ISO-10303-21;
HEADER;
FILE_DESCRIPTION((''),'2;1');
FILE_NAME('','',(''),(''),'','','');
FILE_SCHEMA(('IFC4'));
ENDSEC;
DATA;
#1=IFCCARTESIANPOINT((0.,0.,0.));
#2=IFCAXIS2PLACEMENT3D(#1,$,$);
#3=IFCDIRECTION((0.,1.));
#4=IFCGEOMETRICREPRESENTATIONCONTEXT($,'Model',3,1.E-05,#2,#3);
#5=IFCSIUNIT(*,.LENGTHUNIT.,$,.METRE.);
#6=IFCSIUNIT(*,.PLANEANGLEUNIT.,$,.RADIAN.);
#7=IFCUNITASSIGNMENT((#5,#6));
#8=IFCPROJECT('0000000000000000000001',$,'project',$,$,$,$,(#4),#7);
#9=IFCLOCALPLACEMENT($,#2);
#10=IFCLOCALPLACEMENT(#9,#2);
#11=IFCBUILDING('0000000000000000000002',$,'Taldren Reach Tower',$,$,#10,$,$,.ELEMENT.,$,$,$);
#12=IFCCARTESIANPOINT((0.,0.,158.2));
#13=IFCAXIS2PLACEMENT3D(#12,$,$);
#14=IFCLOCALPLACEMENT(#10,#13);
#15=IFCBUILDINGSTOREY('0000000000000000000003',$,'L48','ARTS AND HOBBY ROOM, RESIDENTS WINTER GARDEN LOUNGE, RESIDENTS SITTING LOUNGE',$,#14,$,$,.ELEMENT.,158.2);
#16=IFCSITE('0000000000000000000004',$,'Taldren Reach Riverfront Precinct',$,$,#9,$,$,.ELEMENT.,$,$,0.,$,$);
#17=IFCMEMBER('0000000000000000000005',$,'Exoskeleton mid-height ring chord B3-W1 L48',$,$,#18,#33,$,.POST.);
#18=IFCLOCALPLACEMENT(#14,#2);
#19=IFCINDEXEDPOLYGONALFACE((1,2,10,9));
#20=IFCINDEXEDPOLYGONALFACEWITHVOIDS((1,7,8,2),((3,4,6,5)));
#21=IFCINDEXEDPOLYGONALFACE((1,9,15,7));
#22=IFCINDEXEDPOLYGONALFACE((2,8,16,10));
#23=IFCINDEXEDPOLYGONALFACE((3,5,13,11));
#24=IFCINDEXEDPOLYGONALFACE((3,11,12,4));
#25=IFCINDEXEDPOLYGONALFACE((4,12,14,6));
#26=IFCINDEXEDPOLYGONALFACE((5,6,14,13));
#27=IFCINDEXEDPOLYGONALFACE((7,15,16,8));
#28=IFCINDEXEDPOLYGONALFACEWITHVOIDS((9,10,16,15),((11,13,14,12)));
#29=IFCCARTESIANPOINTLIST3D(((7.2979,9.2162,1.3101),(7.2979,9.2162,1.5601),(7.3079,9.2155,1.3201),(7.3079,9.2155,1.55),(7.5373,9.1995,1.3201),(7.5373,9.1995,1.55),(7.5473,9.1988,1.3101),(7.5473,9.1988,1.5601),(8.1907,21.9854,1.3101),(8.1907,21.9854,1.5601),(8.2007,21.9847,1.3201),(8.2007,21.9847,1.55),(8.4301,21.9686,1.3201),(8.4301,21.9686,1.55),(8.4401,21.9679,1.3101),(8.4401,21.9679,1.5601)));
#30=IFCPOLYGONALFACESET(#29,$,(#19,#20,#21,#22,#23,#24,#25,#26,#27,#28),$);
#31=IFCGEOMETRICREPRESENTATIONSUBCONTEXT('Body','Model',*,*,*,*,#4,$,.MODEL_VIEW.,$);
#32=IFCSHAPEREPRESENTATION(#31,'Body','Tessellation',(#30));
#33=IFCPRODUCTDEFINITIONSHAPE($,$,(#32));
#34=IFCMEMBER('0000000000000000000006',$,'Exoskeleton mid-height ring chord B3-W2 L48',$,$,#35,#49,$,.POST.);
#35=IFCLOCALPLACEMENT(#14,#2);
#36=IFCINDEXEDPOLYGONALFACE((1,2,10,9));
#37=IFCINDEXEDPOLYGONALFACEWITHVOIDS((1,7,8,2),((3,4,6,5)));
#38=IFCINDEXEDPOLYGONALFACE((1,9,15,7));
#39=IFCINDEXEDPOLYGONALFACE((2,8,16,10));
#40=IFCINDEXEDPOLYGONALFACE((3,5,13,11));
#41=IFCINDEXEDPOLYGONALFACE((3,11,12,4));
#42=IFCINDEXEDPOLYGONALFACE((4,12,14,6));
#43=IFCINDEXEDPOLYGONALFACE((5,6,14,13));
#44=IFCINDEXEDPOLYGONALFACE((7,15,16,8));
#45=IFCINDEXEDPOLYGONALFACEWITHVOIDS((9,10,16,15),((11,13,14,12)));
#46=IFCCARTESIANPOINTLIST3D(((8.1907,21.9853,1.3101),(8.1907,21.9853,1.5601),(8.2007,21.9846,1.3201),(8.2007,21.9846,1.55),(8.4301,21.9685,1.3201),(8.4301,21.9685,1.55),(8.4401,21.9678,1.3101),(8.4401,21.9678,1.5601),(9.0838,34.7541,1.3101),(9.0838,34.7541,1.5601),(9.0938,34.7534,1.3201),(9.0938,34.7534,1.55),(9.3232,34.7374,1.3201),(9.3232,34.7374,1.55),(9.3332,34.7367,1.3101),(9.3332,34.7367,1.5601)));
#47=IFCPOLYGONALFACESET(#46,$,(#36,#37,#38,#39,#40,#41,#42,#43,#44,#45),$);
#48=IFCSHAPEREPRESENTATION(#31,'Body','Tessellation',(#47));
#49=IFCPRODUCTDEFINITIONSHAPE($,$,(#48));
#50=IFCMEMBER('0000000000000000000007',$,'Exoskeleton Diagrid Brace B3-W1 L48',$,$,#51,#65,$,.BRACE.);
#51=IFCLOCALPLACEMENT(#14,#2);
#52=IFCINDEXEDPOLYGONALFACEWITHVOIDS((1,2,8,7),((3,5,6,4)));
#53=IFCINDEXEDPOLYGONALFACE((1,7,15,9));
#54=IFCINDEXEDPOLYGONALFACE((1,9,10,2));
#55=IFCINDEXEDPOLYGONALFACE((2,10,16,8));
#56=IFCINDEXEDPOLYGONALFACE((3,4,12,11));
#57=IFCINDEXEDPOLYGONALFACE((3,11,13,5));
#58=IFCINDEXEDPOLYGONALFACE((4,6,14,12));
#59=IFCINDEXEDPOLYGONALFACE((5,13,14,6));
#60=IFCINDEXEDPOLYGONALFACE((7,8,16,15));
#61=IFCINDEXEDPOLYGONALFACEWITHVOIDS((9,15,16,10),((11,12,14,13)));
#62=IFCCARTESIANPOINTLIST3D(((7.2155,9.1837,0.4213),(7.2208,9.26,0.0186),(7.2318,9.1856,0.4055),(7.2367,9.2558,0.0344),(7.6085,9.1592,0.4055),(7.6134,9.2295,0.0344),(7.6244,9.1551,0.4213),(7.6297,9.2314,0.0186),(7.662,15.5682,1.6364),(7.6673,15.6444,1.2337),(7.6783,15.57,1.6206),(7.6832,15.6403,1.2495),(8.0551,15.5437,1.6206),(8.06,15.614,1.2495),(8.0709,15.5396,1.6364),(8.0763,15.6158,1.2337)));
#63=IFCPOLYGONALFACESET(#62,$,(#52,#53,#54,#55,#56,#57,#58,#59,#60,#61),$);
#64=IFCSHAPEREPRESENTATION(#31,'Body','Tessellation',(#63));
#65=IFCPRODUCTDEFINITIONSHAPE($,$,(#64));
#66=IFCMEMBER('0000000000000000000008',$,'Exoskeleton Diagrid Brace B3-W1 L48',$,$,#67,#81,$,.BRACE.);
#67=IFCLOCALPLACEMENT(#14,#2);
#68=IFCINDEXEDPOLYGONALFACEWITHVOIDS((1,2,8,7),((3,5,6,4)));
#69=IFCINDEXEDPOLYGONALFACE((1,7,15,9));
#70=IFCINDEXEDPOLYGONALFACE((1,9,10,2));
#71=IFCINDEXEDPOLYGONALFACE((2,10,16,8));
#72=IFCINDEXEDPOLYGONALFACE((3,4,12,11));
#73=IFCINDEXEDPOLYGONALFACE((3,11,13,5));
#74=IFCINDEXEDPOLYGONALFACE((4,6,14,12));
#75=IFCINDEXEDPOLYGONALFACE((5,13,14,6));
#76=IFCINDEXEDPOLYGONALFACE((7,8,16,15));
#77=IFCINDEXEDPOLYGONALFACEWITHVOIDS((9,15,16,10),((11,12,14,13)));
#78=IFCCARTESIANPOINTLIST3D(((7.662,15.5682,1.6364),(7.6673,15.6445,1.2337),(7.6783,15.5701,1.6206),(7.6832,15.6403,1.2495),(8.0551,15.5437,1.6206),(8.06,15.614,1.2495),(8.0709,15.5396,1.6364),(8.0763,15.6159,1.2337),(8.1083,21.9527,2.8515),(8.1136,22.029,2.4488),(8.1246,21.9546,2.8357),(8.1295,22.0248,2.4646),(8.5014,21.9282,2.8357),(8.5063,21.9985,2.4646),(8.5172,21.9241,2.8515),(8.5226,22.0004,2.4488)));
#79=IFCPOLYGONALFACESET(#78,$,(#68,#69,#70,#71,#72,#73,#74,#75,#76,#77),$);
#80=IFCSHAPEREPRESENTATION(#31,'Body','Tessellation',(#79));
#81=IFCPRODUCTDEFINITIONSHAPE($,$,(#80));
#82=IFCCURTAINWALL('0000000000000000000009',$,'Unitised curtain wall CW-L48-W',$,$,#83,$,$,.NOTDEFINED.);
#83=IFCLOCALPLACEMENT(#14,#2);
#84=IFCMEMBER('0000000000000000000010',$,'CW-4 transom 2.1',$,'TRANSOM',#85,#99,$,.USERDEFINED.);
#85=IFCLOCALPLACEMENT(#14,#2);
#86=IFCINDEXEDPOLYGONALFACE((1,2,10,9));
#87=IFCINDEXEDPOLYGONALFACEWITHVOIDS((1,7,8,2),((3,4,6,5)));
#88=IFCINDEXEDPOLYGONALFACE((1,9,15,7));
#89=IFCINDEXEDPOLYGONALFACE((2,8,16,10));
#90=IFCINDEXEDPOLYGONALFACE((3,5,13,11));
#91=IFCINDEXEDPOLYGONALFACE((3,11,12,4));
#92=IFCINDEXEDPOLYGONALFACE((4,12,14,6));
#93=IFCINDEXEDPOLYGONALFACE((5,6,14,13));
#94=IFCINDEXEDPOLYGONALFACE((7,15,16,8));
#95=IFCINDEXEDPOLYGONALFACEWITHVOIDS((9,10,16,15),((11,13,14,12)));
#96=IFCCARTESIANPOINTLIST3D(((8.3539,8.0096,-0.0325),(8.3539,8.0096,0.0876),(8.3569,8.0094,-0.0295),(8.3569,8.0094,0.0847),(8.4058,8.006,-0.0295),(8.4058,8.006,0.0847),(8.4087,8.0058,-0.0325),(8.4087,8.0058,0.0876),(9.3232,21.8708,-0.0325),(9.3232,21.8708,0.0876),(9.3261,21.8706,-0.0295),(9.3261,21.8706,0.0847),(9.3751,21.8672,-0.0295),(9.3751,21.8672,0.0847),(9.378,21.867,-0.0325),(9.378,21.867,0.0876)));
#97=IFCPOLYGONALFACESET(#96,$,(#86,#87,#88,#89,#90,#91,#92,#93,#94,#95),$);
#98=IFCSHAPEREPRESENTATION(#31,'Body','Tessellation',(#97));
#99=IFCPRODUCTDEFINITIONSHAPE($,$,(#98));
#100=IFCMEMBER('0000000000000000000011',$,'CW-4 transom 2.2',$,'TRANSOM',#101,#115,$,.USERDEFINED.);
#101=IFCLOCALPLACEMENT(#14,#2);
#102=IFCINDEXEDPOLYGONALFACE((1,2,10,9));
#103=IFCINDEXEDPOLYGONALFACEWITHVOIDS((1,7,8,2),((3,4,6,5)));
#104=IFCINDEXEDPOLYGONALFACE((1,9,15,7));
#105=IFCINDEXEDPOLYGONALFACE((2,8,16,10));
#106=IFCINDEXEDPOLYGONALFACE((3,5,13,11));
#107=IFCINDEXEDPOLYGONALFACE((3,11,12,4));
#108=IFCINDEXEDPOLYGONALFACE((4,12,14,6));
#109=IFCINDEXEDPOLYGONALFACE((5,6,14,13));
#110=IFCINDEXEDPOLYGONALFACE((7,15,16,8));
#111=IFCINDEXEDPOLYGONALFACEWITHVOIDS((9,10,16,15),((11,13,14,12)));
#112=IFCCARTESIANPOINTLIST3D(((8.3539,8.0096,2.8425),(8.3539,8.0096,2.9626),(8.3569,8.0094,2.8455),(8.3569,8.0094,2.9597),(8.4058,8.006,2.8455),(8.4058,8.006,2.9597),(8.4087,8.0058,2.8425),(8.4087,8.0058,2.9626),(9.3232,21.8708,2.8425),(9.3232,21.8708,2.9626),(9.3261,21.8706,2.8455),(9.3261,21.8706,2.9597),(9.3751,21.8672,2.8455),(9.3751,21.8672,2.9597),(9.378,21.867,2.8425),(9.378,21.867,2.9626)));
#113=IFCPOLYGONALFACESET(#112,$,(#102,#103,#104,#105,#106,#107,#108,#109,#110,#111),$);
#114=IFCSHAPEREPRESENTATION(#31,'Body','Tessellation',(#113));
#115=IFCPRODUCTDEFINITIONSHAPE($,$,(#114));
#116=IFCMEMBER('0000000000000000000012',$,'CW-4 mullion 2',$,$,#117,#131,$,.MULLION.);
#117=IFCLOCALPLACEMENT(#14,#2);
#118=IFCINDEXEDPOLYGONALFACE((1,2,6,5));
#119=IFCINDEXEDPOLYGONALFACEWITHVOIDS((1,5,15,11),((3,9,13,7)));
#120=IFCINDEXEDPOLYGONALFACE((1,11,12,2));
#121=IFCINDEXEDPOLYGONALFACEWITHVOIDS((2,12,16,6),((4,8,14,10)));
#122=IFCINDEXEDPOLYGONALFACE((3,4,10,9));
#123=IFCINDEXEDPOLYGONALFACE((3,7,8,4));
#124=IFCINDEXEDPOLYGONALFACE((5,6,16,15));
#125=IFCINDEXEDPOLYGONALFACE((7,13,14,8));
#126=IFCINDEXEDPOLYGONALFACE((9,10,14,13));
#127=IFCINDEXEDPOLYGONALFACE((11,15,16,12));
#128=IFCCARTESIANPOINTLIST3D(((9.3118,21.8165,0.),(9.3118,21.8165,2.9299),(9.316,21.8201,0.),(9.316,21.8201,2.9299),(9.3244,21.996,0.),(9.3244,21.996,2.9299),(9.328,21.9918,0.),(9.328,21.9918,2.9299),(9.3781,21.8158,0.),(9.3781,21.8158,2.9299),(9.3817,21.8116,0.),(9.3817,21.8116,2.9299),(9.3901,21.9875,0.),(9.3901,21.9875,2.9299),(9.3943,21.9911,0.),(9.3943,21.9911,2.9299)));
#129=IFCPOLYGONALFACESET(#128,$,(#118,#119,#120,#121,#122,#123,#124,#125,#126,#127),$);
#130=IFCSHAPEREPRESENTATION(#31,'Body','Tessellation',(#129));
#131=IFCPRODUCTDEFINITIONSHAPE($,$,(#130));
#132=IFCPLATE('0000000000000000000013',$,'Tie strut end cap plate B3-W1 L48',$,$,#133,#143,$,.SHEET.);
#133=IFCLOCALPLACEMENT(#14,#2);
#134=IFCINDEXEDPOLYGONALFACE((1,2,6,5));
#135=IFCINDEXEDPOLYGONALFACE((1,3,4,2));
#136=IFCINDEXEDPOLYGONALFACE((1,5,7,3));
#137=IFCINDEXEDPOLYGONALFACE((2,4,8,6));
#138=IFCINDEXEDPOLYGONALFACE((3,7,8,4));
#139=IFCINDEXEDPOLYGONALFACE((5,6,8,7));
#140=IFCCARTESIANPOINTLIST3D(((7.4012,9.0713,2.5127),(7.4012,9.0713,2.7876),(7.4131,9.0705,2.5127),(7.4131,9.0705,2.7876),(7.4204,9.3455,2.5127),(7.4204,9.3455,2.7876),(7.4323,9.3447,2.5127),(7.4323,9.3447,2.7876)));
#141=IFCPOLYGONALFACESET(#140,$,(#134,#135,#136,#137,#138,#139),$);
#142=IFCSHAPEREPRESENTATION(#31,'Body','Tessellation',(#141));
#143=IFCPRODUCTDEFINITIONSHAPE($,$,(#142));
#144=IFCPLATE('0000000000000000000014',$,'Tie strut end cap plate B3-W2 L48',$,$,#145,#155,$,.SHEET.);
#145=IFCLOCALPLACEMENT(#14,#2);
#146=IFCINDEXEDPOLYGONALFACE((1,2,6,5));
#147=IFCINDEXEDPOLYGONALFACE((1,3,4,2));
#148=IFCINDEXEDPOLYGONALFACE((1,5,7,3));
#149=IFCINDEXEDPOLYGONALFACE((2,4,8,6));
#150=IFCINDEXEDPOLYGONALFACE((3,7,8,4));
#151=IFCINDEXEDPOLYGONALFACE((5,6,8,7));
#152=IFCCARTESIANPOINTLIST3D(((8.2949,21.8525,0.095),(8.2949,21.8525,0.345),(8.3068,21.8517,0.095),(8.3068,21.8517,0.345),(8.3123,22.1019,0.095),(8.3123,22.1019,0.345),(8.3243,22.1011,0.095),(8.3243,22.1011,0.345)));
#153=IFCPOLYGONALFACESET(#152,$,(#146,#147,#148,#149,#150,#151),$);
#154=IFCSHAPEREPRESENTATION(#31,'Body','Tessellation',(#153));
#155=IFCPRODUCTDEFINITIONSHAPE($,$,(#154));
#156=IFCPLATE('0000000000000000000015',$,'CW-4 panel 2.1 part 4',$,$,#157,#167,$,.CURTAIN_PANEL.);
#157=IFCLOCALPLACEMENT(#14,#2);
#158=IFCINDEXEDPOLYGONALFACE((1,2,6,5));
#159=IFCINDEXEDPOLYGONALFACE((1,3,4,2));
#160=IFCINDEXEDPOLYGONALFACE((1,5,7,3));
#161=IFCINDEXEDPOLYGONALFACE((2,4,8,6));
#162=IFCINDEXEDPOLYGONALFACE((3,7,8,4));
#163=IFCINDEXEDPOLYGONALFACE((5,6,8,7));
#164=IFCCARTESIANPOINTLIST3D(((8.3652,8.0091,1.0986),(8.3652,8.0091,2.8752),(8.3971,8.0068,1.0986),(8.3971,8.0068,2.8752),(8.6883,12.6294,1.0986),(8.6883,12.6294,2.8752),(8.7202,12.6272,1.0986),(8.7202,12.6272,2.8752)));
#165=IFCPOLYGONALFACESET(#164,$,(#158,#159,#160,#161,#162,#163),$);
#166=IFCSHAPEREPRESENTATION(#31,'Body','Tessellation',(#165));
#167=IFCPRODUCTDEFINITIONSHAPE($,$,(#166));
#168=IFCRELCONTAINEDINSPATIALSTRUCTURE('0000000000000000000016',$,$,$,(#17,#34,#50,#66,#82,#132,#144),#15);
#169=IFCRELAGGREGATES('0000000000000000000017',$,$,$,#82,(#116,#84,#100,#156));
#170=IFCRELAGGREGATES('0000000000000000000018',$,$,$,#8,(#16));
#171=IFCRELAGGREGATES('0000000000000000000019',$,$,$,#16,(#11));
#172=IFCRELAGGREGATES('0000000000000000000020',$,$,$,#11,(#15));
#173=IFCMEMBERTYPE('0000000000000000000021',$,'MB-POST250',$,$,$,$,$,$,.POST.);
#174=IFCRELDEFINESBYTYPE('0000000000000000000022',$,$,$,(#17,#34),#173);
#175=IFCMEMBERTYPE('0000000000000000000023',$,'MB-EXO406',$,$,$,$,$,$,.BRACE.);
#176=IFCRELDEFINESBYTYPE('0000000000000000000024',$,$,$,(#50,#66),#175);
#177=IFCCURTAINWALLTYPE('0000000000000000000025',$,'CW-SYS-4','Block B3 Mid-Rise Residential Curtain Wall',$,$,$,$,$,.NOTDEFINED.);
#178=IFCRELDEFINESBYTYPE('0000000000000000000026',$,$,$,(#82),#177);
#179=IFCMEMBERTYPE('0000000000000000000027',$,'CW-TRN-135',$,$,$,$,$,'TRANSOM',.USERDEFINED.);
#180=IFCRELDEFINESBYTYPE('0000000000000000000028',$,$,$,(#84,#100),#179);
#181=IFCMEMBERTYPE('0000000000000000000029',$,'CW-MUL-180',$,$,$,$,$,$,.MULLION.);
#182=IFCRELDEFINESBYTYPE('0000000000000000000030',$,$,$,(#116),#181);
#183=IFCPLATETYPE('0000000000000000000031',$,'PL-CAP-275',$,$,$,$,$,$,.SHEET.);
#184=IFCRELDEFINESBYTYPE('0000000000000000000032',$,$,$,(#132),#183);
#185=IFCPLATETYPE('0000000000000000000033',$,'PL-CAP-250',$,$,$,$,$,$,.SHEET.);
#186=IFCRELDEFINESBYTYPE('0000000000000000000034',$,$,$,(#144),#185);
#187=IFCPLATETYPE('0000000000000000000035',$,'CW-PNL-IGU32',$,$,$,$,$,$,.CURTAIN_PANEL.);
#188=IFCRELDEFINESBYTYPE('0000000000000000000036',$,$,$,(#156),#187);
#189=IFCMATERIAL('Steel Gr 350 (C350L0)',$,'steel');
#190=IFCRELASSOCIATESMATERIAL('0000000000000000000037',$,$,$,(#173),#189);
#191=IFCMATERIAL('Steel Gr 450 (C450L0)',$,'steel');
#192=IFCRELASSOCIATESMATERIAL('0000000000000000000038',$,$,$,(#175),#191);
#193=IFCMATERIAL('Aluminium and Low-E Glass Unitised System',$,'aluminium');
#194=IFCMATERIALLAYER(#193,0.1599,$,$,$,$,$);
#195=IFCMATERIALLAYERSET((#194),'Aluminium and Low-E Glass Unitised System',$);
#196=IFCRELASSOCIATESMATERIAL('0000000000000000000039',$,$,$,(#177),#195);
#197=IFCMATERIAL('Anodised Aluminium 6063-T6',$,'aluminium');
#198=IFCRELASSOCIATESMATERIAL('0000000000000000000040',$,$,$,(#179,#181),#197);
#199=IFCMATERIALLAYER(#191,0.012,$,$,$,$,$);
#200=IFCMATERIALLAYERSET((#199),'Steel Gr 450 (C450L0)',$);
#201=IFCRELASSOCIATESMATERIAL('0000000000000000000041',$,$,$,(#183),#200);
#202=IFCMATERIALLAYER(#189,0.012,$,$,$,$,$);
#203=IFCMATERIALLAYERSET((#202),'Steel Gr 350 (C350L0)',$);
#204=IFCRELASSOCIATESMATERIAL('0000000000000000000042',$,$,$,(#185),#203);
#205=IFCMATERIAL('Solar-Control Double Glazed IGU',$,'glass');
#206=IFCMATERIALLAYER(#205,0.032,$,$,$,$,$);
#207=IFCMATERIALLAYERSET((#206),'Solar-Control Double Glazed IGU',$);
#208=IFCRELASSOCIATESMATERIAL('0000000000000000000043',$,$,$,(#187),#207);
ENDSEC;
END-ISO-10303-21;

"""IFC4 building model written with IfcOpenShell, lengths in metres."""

from ifc_helpers import new_model, si_unit, direction, frame, origin, origin_2d, place, context, subcontext, project, spatial, rectangle, hollow_rectangle, extrude, source, transform, mapped, material, layer, layer_set, material_profile, profile_set, type_object, element, aggregate, save


model = new_model("IFC4")

# Units and contexts
model_context = context("Model", 3, precision=1e-05, world=origin(), true_north=direction((0.0, 1.0)))
body_context = subcontext(model_context, "Body", "Model", "MODEL_VIEW")
ifc_project = project(units=[si_unit("LENGTHUNIT", "METRE"), si_unit("PLANEANGLEUNIT", "RADIAN")], contexts=[model_context])

# Site, building, storey
site_placement = place(None, origin())
site = spatial("IfcSite", under=ifc_project, at=site_placement, Name="Taldren Reach Riverfront Precinct", CompositionType="ELEMENT", RefElevation=0.0)
building_placement = place(site_placement, origin())
building = spatial("IfcBuilding", under=site, at=building_placement, Name="Taldren Reach Tower", CompositionType="ELEMENT")
storey_placement = place(building_placement, frame((0.0, 0.0, 158.2)))
storey = spatial("IfcBuildingStorey", under=building, at=storey_placement, Name="L48", Description="ARTS AND HOBBY ROOM, RESIDENTS WINTER GARDEN LOUNGE, RESIDENTS SITTING LOUNGE", CompositionType="ELEMENT", Elevation=158.2)

# Shared definitions
ifc_material_1 = material(Name="Steel Gr 450 (C450L0)", Category="steel")
ifc_material_2 = material(Name="Steel Gr 350 (C350L0)", Category="steel")
ifc_material_profile_1 = material_profile(ifc_material_2, hollow_rectangle(XDim=0.25, YDim=0.25, WallThickness=0.01, at=origin_2d()), Name="250x250x10.0SHS")
ifc_profile_set_1 = profile_set([ifc_material_profile_1], Name="Steel Gr 350 (C350L0)")
member_type_1 = type_object("IfcMemberType", Name="MB-POST250", PredefinedType="POST", material=ifc_profile_set_1)

# Members
shared_shape_1 = source(origin(), body_context, "Body", "SweptSolid", [
    extrude(hollow_rectangle(XDim=0.25, YDim=0.25, WallThickness=0.01, at=origin_2d()), origin(), (0.0, 0.0, 1.0), 12.8003),
])
member_1_placement = place(storey_placement, frame((7.4226, 9.2075, 1.4351), z_axis=(0.069751, 0.997564, 0.0), x_axis=(-0.997564, 0.069751, 0.0)))
element("IfcMember", 1, at=member_1_placement, inside=storey, type_object=member_type_1, Name="Exoskeleton mid-height ring chord B3-W1 L48", PredefinedType="POST", context=body_context, shape_type="MappedRepresentation", body=[
    mapped(shared_shape_1, transform((0.0, 0.0, 0.0), scale=1.0)),
])
shared_shape_2 = source(origin(), body_context, "Body", "SweptSolid", [
    extrude(hollow_rectangle(XDim=0.25, YDim=0.25, WallThickness=0.01, at=origin_2d()), origin(), (0.0, 0.0, 1.0), 12.8),
])
member_2_placement = place(storey_placement, frame((8.3154, 21.9766, 1.4351), z_axis=(0.069771, 0.997563, 0.0), x_axis=(-0.997563, 0.069771, 0.0)))
element("IfcMember", 2, at=member_2_placement, inside=storey, type_object=member_type_1, Name="Exoskeleton mid-height ring chord B3-W2 L48", PredefinedType="POST", context=body_context, shape_type="MappedRepresentation", body=[
    mapped(shared_shape_2, transform((0.0, 0.0, 0.0), scale=1.0)),
])
ifc_material_profile_2 = material_profile(ifc_material_1, hollow_rectangle(XDim=0.4099, YDim=0.4099, WallThickness=0.0161, at=origin_2d()), Name="410x410x16.0SHS")
ifc_profile_set_2 = profile_set([ifc_material_profile_2], Name="Steel Gr 450 (C450L0)")
member_type_2 = type_object("IfcMemberType", Name="MB-EXO406", PredefinedType="BRACE", material=ifc_profile_set_2)
shared_shape_3 = source(origin(), body_context, "Body", "SweptSolid", [
    extrude(hollow_rectangle(XDim=0.4099, YDim=0.4099, WallThickness=0.0161, at=origin_2d()), origin(), (0.0, 0.0, 1.0), 6.5144),
])
for number, where, z_axis, x_axis, name in (
    (3, (7.4226, 9.2075, 0.22), (0.068545, 0.980057, 0.186522), (-0.997563, 0.06977, 0.0), "Exoskeleton Diagrid Brace B3-W1 L48"),
    (4, (7.8691, 15.592, 1.4351), (0.068508, 0.980059, 0.186523), (-0.997566, 0.069732, 0.0), "Exoskeleton Diagrid Brace B3-W1 L48"),
):
    element("IfcMember", number, at=place(storey_placement, frame(where, z_axis=z_axis, x_axis=x_axis)), inside=storey, type_object=member_type_2, Name=name, PredefinedType="BRACE", context=body_context, shape_type="MappedRepresentation", body=[
        mapped(shared_shape_3, transform((0.0, 0.0, 0.0), scale=1.0)),
    ])

# Curtain wall, members
ifc_material_3 = material(Name="Aluminium and Low-E Glass Unitised System", Category="aluminium")
ifc_layer_1 = layer(ifc_material_3, 0.1599)
ifc_layer_set_1 = layer_set([ifc_layer_1], Name="Aluminium and Low-E Glass Unitised System")
curtain_wall_type = type_object("IfcCurtainWallType", Name="CW-SYS-4", Description="Block B3 Mid-Rise Residential Curtain Wall", PredefinedType="NOTDEFINED", material=ifc_layer_set_1)
curtain_wall_placement = place(storey_placement, origin())
curtain_wall = element("IfcCurtainWall", 5, at=curtain_wall_placement, inside=storey, type_object=curtain_wall_type, Name="Unitised curtain wall CW-L48-W", PredefinedType="NOTDEFINED")
ifc_material_4 = material(Name="Anodised Aluminium 6063-T6", Category="aluminium")
ifc_material_profile_3 = material_profile(ifc_material_4, hollow_rectangle(XDim=0.0549, YDim=0.1201, WallThickness=0.0029, at=origin_2d()), Name="ALU-120x55x3RHS")
ifc_profile_set_3 = profile_set([ifc_material_profile_3], Name="Anodised Aluminium 6063-T6")
member_type_3 = type_object("IfcMemberType", Name="CW-TRN-135", ElementType="TRANSOM", PredefinedType="USERDEFINED", material=ifc_profile_set_3)
shared_shape_4 = source(origin(), body_context, "Body", "SweptSolid", [
    extrude(hollow_rectangle(XDim=0.0549, YDim=0.1201, WallThickness=0.0029, at=origin_2d()), origin(), (0.0, 0.0, 1.0), 13.895),
])
member_3_placement = place(storey_placement, frame((9.3506, 21.8689, 0.0276), z_axis=(-0.069755, -0.997564, 0.0), x_axis=(0.997564, -0.069755, 0.0)))
member_3 = element("IfcMember", 6, at=member_3_placement, type_object=member_type_3, Name="CW-4 transom 2.1", ObjectType="TRANSOM", PredefinedType="USERDEFINED", context=body_context, shape_type="MappedRepresentation", body=[
    mapped(shared_shape_4, transform((0.0, 0.0, 0.0), scale=1.0)),
])
member_4_placement = place(storey_placement, frame((9.3506, 21.8689, 2.9026), z_axis=(-0.069755, -0.997564, 0.0), x_axis=(0.997564, -0.069755, 0.0)))
member_4 = element("IfcMember", 7, at=member_4_placement, type_object=member_type_3, Name="CW-4 transom 2.2", ObjectType="TRANSOM", PredefinedType="USERDEFINED", context=body_context, shape_type="MappedRepresentation", body=[
    mapped(shared_shape_4, transform((0.0, 0.0, 0.0), scale=1.0)),
])
ifc_material_profile_4 = material_profile(ifc_material_4, hollow_rectangle(XDim=0.0701, YDim=0.1799, WallThickness=0.0039, at=origin_2d()), Name="ALU-180x70x4RHS")
ifc_profile_set_4 = profile_set([ifc_material_profile_4], Name="Anodised Aluminium 6063-T6")
member_type_4 = type_object("IfcMemberType", Name="CW-MUL-180", PredefinedType="MULLION", material=ifc_profile_set_4)
shared_shape_5 = source(origin(), body_context, "Body", "SweptSolid", [
    extrude(hollow_rectangle(XDim=0.0701, YDim=0.1799, WallThickness=0.0039, at=origin_2d()), origin(), (0.0, 0.0, 1.0), 2.9299),
])
member_5_placement = place(storey_placement, frame((9.353, 21.9038, 0.0), z_axis=(0.0, 0.0, 1.0), x_axis=(0.997564, -0.069756, 0.0)))
member_5 = element("IfcMember", 8, at=member_5_placement, type_object=member_type_4, Name="CW-4 mullion 2", PredefinedType="MULLION", context=body_context, shape_type="MappedRepresentation", body=[
    mapped(shared_shape_5, transform((0.0, 0.0, 0.0), scale=1.0)),
])

# Plates
ifc_layer_2 = layer(ifc_material_1, 0.012)
ifc_layer_set_2 = layer_set([ifc_layer_2], Name="Steel Gr 450 (C450L0)")
plate_type_1 = type_object("IfcPlateType", Name="PL-CAP-275", PredefinedType="SHEET", material=ifc_layer_set_2)
shared_shape_6 = source(origin(), body_context, "Body", "SweptSolid", [
    extrude(rectangle(XDim=0.012, YDim=0.2749, at=origin_2d()), origin(), (0.0, 0.0, 1.0), 0.2749),
])
plate_1_placement = place(storey_placement, frame((7.4167, 9.208, 2.5127), z_axis=(0.0, 0.0, 1.0), x_axis=(0.997564, -0.069756, 0.0)))
element("IfcPlate", 9, at=plate_1_placement, inside=storey, type_object=plate_type_1, Name="Tie strut end cap plate B3-W1 L48", PredefinedType="SHEET", context=body_context, shape_type="MappedRepresentation", body=[
    mapped(shared_shape_6, transform((0.0, 0.0, 0.0), scale=1.0)),
])
ifc_layer_3 = layer(ifc_material_2, 0.012)
ifc_layer_set_3 = layer_set([ifc_layer_3], Name="Steel Gr 350 (C350L0)")
plate_type_2 = type_object("IfcPlateType", Name="PL-CAP-250", PredefinedType="SHEET", material=ifc_layer_set_3)
shared_shape_7 = source(origin(), body_context, "Body", "SweptSolid", [
    extrude(rectangle(XDim=0.012, YDim=0.25, at=origin_2d()), origin(), (0.0, 0.0, 1.0), 0.25),
])
plate_2_placement = place(storey_placement, frame((8.3096, 21.9768, 0.095), z_axis=(0.0, 0.0, 1.0), x_axis=(0.997564, -0.069756, 0.0)))
element("IfcPlate", 10, at=plate_2_placement, inside=storey, type_object=plate_type_2, Name="Tie strut end cap plate B3-W2 L48", PredefinedType="SHEET", context=body_context, shape_type="MappedRepresentation", body=[
    mapped(shared_shape_7, transform((0.0, 0.0, 0.0), scale=1.0)),
])

# Plate
ifc_material_5 = material(Name="Solar-Control Double Glazed IGU", Category="glass")
ifc_layer_4 = layer(ifc_material_5, 0.032)
ifc_layer_set_4 = layer_set([ifc_layer_4], Name="Solar-Control Double Glazed IGU")
plate_type_3 = type_object("IfcPlateType", Name="CW-PNL-IGU32", PredefinedType="CURTAIN_PANEL", material=ifc_layer_set_4)
shared_shape_8 = source(origin(), body_context, "Body", "SweptSolid", [
    extrude(rectangle(XDim=4.6316, YDim=0.032, at=origin_2d()), origin(), (0.0, 0.0, 1.0), 1.7766),
])
plate_3_placement = place(storey_placement, frame((8.5427, 10.3181, 1.0986), z_axis=(0.0, 0.0, 1.0), x_axis=(-0.069756, -0.997564, 0.0)))
plate_3 = element("IfcPlate", 11, at=plate_3_placement, type_object=plate_type_3, Name="CW-4 panel 2.1 part 4", PredefinedType="CURTAIN_PANEL", context=body_context, shape_type="MappedRepresentation", body=[
    mapped(shared_shape_8, transform((0.0, 0.0, 0.0), scale=1.0)),
])
aggregate(curtain_wall, [member_5, member_3, member_4, plate_3])

save(model, "model.ifc")
